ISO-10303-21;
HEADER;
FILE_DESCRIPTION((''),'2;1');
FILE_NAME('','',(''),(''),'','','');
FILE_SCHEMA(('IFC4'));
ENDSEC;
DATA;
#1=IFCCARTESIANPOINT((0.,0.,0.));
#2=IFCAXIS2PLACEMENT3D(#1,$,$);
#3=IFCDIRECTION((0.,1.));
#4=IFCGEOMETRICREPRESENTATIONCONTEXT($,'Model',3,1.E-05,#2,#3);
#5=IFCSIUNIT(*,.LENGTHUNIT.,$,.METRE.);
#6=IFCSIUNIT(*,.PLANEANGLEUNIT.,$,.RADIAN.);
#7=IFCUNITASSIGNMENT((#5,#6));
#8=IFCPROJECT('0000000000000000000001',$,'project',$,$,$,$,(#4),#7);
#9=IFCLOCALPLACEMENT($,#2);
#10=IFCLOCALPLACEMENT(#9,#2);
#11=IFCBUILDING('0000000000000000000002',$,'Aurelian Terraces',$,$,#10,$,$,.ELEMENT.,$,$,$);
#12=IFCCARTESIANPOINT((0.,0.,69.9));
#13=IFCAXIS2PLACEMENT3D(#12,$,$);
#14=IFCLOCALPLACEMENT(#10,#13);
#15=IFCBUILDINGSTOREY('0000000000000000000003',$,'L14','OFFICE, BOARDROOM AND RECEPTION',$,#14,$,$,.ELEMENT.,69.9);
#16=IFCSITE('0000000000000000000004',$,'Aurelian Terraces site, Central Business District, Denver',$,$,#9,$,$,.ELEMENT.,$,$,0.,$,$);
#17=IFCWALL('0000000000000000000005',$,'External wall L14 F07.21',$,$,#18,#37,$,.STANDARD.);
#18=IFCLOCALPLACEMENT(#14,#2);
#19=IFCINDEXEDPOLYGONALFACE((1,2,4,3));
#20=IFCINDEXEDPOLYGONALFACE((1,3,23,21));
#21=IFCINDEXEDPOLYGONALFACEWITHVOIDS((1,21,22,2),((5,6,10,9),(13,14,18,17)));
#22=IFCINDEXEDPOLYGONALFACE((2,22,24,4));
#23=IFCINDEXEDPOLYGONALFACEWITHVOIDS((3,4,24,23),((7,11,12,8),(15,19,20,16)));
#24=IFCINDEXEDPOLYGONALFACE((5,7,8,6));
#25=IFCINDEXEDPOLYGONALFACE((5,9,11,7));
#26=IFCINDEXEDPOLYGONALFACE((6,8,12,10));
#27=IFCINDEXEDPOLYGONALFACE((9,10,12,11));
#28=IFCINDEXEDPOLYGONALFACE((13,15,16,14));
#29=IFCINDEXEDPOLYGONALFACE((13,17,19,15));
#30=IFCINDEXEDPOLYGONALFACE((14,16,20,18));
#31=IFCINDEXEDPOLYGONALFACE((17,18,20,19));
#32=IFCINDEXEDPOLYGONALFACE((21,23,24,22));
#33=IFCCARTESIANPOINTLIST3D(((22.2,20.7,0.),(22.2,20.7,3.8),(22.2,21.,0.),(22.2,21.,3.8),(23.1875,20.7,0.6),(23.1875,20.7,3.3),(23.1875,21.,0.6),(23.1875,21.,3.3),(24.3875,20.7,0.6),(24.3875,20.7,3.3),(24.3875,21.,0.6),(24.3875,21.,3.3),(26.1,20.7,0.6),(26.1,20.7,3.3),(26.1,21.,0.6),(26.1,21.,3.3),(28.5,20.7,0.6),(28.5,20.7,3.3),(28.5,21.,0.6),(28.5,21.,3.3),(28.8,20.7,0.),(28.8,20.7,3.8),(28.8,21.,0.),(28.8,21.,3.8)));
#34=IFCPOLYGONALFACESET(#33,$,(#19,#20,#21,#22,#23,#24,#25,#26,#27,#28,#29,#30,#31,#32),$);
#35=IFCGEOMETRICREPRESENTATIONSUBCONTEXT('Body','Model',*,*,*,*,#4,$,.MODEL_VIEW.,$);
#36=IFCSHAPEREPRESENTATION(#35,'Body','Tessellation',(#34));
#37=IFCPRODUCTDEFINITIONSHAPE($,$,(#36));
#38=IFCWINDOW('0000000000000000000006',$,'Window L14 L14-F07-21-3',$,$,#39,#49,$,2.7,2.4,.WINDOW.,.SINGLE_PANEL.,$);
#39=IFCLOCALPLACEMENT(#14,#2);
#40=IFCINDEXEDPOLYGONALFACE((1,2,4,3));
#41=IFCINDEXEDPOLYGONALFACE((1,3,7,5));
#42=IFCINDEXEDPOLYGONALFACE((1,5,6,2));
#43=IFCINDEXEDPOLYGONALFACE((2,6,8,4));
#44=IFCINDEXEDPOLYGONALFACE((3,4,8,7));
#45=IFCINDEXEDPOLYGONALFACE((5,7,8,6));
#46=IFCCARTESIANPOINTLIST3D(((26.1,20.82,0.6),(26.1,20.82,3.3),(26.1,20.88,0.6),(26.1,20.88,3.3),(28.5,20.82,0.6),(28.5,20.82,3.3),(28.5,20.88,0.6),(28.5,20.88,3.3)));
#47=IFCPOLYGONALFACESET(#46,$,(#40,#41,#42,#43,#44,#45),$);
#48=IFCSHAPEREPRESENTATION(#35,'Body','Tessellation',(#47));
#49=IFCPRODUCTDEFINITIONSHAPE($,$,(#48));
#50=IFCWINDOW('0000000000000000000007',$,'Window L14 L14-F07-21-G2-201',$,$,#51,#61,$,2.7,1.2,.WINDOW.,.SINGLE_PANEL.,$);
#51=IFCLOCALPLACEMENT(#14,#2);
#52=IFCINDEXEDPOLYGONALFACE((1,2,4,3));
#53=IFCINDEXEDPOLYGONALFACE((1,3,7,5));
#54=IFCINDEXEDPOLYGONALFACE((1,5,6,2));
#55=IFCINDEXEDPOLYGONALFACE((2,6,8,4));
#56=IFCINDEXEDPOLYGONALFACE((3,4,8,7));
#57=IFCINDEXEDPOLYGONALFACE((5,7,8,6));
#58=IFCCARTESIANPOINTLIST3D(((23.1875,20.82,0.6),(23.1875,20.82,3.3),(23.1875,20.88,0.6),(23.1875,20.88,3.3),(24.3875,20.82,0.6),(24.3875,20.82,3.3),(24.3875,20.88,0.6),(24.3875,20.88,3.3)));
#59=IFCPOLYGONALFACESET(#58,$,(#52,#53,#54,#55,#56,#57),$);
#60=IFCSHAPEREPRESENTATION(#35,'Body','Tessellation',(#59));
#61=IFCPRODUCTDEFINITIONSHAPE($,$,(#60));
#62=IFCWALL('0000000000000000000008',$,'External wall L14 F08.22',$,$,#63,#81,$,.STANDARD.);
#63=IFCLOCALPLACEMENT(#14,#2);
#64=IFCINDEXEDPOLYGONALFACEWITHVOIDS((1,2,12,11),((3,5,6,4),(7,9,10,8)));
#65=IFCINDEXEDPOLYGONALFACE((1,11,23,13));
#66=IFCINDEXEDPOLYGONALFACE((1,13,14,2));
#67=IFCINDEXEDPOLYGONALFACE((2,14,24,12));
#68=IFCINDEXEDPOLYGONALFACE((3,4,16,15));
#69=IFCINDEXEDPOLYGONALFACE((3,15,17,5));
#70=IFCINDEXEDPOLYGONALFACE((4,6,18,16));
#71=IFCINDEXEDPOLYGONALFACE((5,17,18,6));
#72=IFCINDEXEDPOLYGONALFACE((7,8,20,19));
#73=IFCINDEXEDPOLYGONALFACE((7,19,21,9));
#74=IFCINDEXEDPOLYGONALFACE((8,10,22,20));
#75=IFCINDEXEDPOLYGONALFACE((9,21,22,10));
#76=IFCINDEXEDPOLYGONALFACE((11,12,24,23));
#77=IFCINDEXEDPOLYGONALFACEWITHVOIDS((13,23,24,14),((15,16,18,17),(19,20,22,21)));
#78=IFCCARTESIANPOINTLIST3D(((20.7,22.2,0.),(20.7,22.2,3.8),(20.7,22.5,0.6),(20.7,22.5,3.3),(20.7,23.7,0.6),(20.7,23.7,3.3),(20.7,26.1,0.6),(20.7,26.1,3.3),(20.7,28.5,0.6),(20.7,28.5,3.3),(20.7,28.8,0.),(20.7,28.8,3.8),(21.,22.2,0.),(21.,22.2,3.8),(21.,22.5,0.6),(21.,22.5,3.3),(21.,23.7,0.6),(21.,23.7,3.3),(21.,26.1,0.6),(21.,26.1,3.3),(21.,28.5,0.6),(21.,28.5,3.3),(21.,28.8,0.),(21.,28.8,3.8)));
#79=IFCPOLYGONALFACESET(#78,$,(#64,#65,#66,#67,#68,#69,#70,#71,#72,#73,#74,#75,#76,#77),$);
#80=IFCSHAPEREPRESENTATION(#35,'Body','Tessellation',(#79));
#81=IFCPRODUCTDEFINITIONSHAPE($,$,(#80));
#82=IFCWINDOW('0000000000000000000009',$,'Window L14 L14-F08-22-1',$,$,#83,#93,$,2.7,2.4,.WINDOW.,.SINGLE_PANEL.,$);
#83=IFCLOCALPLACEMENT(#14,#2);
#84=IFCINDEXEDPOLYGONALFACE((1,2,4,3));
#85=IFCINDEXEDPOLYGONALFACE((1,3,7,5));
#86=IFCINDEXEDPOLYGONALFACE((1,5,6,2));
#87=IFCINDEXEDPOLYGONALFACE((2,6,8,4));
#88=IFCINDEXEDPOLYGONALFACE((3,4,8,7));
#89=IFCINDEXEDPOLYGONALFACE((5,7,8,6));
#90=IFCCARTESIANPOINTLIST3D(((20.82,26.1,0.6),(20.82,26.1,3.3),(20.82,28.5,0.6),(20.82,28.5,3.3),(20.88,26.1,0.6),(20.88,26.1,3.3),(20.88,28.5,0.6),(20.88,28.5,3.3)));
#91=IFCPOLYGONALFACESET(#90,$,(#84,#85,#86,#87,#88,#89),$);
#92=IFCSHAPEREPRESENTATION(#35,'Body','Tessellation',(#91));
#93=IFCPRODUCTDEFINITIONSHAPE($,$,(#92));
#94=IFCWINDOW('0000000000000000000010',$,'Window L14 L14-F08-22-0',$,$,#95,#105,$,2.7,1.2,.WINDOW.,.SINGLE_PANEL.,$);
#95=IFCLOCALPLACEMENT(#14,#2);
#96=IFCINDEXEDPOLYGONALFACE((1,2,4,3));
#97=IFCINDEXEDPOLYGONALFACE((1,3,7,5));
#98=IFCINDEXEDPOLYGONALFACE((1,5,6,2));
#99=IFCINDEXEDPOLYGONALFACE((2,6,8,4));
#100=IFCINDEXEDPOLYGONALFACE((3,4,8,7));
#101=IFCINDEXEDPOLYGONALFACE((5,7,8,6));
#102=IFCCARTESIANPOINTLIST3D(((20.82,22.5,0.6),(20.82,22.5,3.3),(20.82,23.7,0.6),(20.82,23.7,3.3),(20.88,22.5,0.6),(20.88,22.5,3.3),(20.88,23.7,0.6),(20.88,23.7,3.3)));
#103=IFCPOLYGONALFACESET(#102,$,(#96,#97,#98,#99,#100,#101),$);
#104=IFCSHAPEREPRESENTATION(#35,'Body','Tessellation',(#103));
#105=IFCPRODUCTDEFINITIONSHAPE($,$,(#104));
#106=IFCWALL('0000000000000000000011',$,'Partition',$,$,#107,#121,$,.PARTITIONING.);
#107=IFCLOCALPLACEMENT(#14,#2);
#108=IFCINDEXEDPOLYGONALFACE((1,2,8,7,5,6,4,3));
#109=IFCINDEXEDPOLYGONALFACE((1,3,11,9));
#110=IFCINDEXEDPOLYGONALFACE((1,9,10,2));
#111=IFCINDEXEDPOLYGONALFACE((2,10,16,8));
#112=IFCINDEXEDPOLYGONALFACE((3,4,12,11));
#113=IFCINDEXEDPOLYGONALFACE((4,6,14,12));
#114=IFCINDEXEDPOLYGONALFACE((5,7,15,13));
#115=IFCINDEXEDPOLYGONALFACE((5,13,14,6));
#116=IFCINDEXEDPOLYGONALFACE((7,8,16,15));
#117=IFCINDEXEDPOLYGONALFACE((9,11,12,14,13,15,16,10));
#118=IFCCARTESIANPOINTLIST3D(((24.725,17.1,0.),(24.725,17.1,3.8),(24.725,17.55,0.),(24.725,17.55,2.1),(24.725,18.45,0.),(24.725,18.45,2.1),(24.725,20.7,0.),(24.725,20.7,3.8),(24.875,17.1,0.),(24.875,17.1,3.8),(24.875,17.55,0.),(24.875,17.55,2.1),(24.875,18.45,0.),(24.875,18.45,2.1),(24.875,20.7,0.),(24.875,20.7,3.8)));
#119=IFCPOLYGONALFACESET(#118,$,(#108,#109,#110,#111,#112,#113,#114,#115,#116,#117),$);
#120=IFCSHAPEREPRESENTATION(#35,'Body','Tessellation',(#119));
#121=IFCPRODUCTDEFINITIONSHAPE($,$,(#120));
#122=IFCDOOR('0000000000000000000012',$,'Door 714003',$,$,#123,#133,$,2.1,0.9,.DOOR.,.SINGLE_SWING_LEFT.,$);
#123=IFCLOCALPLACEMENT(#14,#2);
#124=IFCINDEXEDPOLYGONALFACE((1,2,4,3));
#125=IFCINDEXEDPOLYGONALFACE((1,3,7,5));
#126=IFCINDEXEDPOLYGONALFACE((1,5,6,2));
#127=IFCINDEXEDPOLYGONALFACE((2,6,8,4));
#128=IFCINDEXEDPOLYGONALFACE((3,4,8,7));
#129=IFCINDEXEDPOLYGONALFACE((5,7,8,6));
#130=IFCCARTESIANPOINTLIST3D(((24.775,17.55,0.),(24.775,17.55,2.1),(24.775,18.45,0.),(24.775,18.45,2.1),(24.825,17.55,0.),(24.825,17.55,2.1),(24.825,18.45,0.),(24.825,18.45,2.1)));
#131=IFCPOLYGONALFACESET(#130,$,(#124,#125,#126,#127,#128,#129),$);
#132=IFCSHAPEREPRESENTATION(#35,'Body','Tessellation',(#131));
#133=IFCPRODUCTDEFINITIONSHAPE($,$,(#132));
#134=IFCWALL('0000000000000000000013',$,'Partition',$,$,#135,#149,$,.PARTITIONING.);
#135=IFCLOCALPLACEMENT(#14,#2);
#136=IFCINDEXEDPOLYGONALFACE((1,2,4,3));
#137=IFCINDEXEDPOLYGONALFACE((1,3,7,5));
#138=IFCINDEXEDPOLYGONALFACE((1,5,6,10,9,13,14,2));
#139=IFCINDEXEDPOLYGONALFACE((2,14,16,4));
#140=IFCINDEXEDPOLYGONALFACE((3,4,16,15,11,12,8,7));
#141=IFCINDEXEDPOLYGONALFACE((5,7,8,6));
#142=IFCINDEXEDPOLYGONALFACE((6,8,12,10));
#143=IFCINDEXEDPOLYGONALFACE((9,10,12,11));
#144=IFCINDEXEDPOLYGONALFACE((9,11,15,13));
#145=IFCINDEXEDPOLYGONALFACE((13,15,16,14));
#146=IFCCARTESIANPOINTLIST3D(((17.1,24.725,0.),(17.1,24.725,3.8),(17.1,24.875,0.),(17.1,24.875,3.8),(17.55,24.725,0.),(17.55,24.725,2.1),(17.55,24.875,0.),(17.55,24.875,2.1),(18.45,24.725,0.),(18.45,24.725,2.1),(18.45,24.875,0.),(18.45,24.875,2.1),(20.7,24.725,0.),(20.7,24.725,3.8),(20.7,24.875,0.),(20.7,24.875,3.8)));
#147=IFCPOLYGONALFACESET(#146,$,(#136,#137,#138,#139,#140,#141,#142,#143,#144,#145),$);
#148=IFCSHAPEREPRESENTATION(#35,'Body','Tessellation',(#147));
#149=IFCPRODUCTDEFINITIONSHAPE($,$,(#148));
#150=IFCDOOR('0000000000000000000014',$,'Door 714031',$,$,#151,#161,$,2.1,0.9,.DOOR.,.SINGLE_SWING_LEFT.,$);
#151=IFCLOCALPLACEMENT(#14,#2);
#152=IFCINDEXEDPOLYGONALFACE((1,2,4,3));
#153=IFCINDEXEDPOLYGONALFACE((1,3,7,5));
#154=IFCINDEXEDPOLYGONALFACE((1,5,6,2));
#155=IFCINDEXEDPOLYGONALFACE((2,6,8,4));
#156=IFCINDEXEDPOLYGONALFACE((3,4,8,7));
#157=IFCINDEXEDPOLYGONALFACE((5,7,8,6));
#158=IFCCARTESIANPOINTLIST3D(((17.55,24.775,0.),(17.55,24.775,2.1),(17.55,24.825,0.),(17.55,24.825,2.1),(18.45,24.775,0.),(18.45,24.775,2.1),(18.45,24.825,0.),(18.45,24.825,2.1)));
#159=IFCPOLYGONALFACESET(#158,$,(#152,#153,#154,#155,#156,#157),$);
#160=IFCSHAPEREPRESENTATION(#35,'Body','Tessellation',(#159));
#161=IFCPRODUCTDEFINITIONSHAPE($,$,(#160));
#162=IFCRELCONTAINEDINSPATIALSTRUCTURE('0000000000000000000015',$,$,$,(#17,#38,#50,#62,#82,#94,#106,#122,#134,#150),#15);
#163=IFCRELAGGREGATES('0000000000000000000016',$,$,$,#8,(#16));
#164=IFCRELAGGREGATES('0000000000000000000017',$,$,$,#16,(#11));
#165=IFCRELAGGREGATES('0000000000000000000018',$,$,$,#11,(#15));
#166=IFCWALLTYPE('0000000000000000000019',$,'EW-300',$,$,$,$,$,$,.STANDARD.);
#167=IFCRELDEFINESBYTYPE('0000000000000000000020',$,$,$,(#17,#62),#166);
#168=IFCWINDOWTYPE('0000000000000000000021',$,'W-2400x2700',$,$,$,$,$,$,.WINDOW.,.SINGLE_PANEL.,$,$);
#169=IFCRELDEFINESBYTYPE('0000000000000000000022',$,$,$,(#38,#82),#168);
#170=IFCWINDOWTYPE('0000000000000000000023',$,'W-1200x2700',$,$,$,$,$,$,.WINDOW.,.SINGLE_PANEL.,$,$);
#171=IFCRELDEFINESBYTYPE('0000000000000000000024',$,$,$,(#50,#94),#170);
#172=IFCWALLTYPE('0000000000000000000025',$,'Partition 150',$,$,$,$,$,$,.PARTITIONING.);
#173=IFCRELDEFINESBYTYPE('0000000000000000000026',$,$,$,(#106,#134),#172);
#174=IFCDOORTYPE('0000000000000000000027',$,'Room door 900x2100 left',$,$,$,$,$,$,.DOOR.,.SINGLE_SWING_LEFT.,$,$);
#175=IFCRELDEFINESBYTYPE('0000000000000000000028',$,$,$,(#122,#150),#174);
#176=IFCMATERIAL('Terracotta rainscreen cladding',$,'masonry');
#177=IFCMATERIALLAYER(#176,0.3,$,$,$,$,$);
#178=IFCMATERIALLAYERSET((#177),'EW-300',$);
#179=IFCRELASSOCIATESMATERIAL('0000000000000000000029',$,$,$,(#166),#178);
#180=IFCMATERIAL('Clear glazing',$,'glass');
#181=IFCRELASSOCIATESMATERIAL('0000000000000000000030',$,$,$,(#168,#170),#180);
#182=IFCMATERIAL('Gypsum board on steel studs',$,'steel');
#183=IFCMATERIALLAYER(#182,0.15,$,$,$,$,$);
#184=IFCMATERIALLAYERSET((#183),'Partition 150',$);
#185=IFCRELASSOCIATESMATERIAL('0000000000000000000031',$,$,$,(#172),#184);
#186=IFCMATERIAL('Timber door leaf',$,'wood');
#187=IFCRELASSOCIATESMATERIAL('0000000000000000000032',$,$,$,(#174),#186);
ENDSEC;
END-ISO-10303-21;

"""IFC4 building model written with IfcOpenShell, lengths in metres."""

from ifc_helpers import new_model, si_unit, direction, frame, frame_2d, origin, place, context, subcontext, project, spatial, rectangle, extrude, source, transform, mapped, material, layer, layer_set, type_object, element, fill, save


model = new_model("IFC4")

# Units and contexts
model_context = context("Model", 3, precision=1e-05, world=origin(), true_north=direction((0.0, 1.0)))
body_context = subcontext(model_context, "Body", "Model", "MODEL_VIEW")
ifc_project = project(units=[si_unit("LENGTHUNIT", "METRE"), si_unit("PLANEANGLEUNIT", "RADIAN")], contexts=[model_context])

# Site, building, storey
site_placement = place(None, origin())
site = spatial("IfcSite", under=ifc_project, at=site_placement, Name="Aurelian Terraces site, Central Business District, Denver", CompositionType="ELEMENT", RefElevation=0.0)
building_placement = place(site_placement, origin())
building = spatial("IfcBuilding", under=site, at=building_placement, Name="Aurelian Terraces", CompositionType="ELEMENT")
storey_placement = place(building_placement, frame((0.0, 0.0, 69.9)))
storey = spatial("IfcBuildingStorey", under=building, at=storey_placement, Name="L14", Description="OFFICE, BOARDROOM AND RECEPTION", CompositionType="ELEMENT", Elevation=69.9)

# Walls, openings, windows
ifc_material_1 = material(Name="Terracotta rainscreen cladding", Category="masonry")
ifc_layer_1 = layer(ifc_material_1, 0.3)
ifc_layer_set_1 = layer_set([ifc_layer_1], Name="EW-300")
wall_type_1 = type_object("IfcWallType", Name="EW-300", PredefinedType="STANDARD", material=ifc_layer_set_1)
shared_shape_1 = source(origin(), body_context, "Body", "SweptSolid", [
    extrude(rectangle(XDim=6.6, YDim=0.3, at=frame_2d((3.3, 0.0))), origin(), (0.0, 0.0, 1.0), 3.8),
])
wall_1_placement = place(storey_placement, frame((28.8, 20.85, 0.0), z_axis=(0.0, 0.0, 1.0), x_axis=(-1.0, 0.0, 0.0)))
wall_1 = element("IfcWall", 1, at=wall_1_placement, inside=storey, type_object=wall_type_1, Name="External wall L14 F07.21", PredefinedType="STANDARD", context=body_context, shape_type="MappedRepresentation", body=[
    mapped(shared_shape_1, transform((0.0, 0.0, 0.0), scale=1.0)),
])
shared_shape_2 = source(origin(), body_context, "Body", "SweptSolid", [
    extrude(rectangle(XDim=2.4, YDim=2.7, at=frame_2d((1.2, 1.35))), frame((0.0, 0.16, 0.0), z_axis=(0.0, -1.0, 0.0), x_axis=(1.0, 0.0, 0.0)), (0.0, 0.0, 1.0), 0.32),
])
opening_1_placement = place(wall_1_placement, frame((0.3, 0.0, 0.6)))
opening_1 = element("IfcOpeningElement", 2, at=opening_1_placement, cuts=wall_1, PredefinedType="OPENING", context=body_context, shape_type="MappedRepresentation", body=[
    mapped(shared_shape_2, transform((0.0, 0.0, 0.0), scale=1.0)),
])
shared_shape_3 = source(origin(), body_context, "Body", "SweptSolid", [
    extrude(rectangle(XDim=1.2, YDim=2.7, at=frame_2d((0.6, 1.35))), frame((0.0, 0.16, 0.0), z_axis=(0.0, -1.0, 0.0), x_axis=(1.0, 0.0, 0.0)), (0.0, 0.0, 1.0), 0.32),
])
opening_2_placement = place(wall_1_placement, frame((4.4125, 0.0, 0.6)))
opening_2 = element("IfcOpeningElement", 3, at=opening_2_placement, cuts=wall_1, PredefinedType="OPENING", context=body_context, shape_type="MappedRepresentation", body=[
    mapped(shared_shape_3, transform((0.0, 0.0, 0.0), scale=1.0)),
])
ifc_material_2 = material(Name="Clear glazing", Category="glass")
window_type_1 = type_object("IfcWindowType", Name="W-2400x2700", PartitioningType="SINGLE_PANEL", PredefinedType="WINDOW", material=ifc_material_2)
shared_shape_4 = source(origin(), body_context, "Body", "SweptSolid", [
    extrude(rectangle(XDim=2.4, YDim=2.7, at=frame_2d((1.2, 1.35))), frame((0.0, 0.03, 0.0), z_axis=(0.0, -1.0, 0.0), x_axis=(1.0, 0.0, 0.0)), (0.0, 0.0, 1.0), 0.06),
])
window_1_placement = place(opening_1_placement, origin())
window_1 = element("IfcWindow", 4, at=window_1_placement, inside=storey, type_object=window_type_1, Name="Window L14 L14-F07-21-3", OverallHeight=2.7, OverallWidth=2.4, PartitioningType="SINGLE_PANEL", PredefinedType="WINDOW", context=body_context, shape_type="MappedRepresentation", body=[
    mapped(shared_shape_4, transform((0.0, 0.0, 0.0), scale=1.0)),
])
fill(opening_1, window_1)
window_type_2 = type_object("IfcWindowType", Name="W-1200x2700", PartitioningType="SINGLE_PANEL", PredefinedType="WINDOW", material=ifc_material_2)
shared_shape_5 = source(origin(), body_context, "Body", "SweptSolid", [
    extrude(rectangle(XDim=1.2, YDim=2.7, at=frame_2d((0.6, 1.35))), frame((0.0, 0.03, 0.0), z_axis=(0.0, -1.0, 0.0), x_axis=(1.0, 0.0, 0.0)), (0.0, 0.0, 1.0), 0.06),
])
window_2_placement = place(opening_2_placement, origin())
window_2 = element("IfcWindow", 5, at=window_2_placement, inside=storey, type_object=window_type_2, Name="Window L14 L14-F07-21-G2-201", OverallHeight=2.7, OverallWidth=1.2, PartitioningType="SINGLE_PANEL", PredefinedType="WINDOW", context=body_context, shape_type="MappedRepresentation", body=[
    mapped(shared_shape_5, transform((0.0, 0.0, 0.0), scale=1.0)),
])
fill(opening_2, window_2)
wall_2_placement = place(storey_placement, frame((20.85, 22.2, 0.0), z_axis=(0.0, 0.0, 1.0), x_axis=(0.0, 1.0, 0.0)))
wall_2 = element("IfcWall", 6, at=wall_2_placement, inside=storey, type_object=wall_type_1, Name="External wall L14 F08.22", PredefinedType="STANDARD", context=body_context, shape_type="MappedRepresentation", body=[
    mapped(shared_shape_1, transform((0.0, 0.0, 0.0), scale=1.0)),
])
opening_3_placement = place(wall_2_placement, frame((0.3, 0.0, 0.6)))
opening_3 = element("IfcOpeningElement", 7, at=opening_3_placement, cuts=wall_2, PredefinedType="OPENING", context=body_context, shape_type="MappedRepresentation", body=[
    mapped(shared_shape_3, transform((0.0, 0.0, 0.0), scale=1.0)),
])
opening_4_placement = place(wall_2_placement, frame((3.9, 0.0, 0.6)))
opening_4 = element("IfcOpeningElement", 8, at=opening_4_placement, cuts=wall_2, PredefinedType="OPENING", context=body_context, shape_type="MappedRepresentation", body=[
    mapped(shared_shape_2, transform((0.0, 0.0, 0.0), scale=1.0)),
])
window_3_placement = place(opening_4_placement, origin())
window_3 = element("IfcWindow", 9, at=window_3_placement, inside=storey, type_object=window_type_1, Name="Window L14 L14-F08-22-1", OverallHeight=2.7, OverallWidth=2.4, PartitioningType="SINGLE_PANEL", PredefinedType="WINDOW", context=body_context, shape_type="MappedRepresentation", body=[
    mapped(shared_shape_4, transform((0.0, 0.0, 0.0), scale=1.0)),
])
fill(opening_4, window_3)
window_4_placement = place(opening_3_placement, origin())
window_4 = element("IfcWindow", 10, at=window_4_placement, inside=storey, type_object=window_type_2, Name="Window L14 L14-F08-22-0", OverallHeight=2.7, OverallWidth=1.2, PartitioningType="SINGLE_PANEL", PredefinedType="WINDOW", context=body_context, shape_type="MappedRepresentation", body=[
    mapped(shared_shape_5, transform((0.0, 0.0, 0.0), scale=1.0)),
])
fill(opening_3, window_4)

# Walls, openings, doors
ifc_material_3 = material(Name="Gypsum board on steel studs", Category="steel")
ifc_layer_2 = layer(ifc_material_3, 0.15)
ifc_layer_set_2 = layer_set([ifc_layer_2], Name="Partition 150")
wall_type_2 = type_object("IfcWallType", Name="Partition 150", PredefinedType="PARTITIONING", material=ifc_layer_set_2)
shared_shape_6 = source(origin(), body_context, "Body", "SweptSolid", [
    extrude(rectangle(XDim=3.6, YDim=0.15, at=frame_2d((1.8, 0.0))), origin(), (0.0, 0.0, 1.0), 3.8),
])
wall_3_placement = place(storey_placement, frame((24.8, 20.7, 0.0), z_axis=(0.0, 0.0, 1.0), x_axis=(0.0, -1.0, 0.0)))
wall_3 = element("IfcWall", 11, at=wall_3_placement, inside=storey, type_object=wall_type_2, Name="Partition", PredefinedType="PARTITIONING", context=body_context, shape_type="MappedRepresentation", body=[
    mapped(shared_shape_6, transform((0.0, 0.0, 0.0), scale=1.0)),
])
shared_shape_7 = source(origin(), body_context, "Body", "SweptSolid", [
    extrude(rectangle(XDim=0.9, YDim=2.1, at=frame_2d((0.45, 1.05))), frame((0.0, 0.085, 0.0), z_axis=(0.0, -1.0, 0.0), x_axis=(1.0, 0.0, 0.0)), (0.0, 0.0, 1.0), 0.17),
])
opening_5_placement = place(wall_3_placement, frame((2.25, 0.0, 0.0)))
opening_5 = element("IfcOpeningElement", 12, at=opening_5_placement, cuts=wall_3, PredefinedType="OPENING", context=body_context, shape_type="MappedRepresentation", body=[
    mapped(shared_shape_7, transform((0.0, 0.0, 0.0), scale=1.0)),
])
ifc_material_4 = material(Name="Timber door leaf", Category="wood")
door_type_1 = type_object("IfcDoorType", Name="Room door 900x2100 left", OperationType="SINGLE_SWING_LEFT", PredefinedType="DOOR", material=ifc_material_4)
shared_shape_8 = source(origin(), body_context, "Body", "SweptSolid", [
    extrude(rectangle(XDim=0.9, YDim=2.1, at=frame_2d((0.45, 1.05))), frame((0.0, 0.025, 0.0), z_axis=(0.0, -1.0, 0.0), x_axis=(1.0, 0.0, 0.0)), (0.0, 0.0, 1.0), 0.05),
])
door_1_placement = place(opening_5_placement, origin())
door_1 = element("IfcDoor", 13, at=door_1_placement, inside=storey, type_object=door_type_1, Name="Door 714003", OperationType="SINGLE_SWING_LEFT", OverallHeight=2.1, OverallWidth=0.9, PredefinedType="DOOR", context=body_context, shape_type="MappedRepresentation", body=[
    mapped(shared_shape_8, transform((0.0, 0.0, 0.0), scale=1.0)),
])
fill(opening_5, door_1)
wall_4_placement = place(storey_placement, frame((17.1, 24.8, 0.0), z_axis=(0.0, 0.0, 1.0), x_axis=(1.0, 0.0, 0.0)))
wall_4 = element("IfcWall", 14, at=wall_4_placement, inside=storey, type_object=wall_type_2, Name="Partition", PredefinedType="PARTITIONING", context=body_context, shape_type="MappedRepresentation", body=[
    mapped(shared_shape_6, transform((0.0, 0.0, 0.0), scale=1.0)),
])
opening_6_placement = place(wall_4_placement, frame((0.45, 0.0, 0.0)))
opening_6 = element("IfcOpeningElement", 15, at=opening_6_placement, cuts=wall_4, PredefinedType="OPENING", context=body_context, shape_type="MappedRepresentation", body=[
    mapped(shared_shape_7, transform((0.0, 0.0, 0.0), scale=1.0)),
])
door_2_placement = place(opening_6_placement, origin())
door_2 = element("IfcDoor", 16, at=door_2_placement, inside=storey, type_object=door_type_1, Name="Door 714031", OperationType="SINGLE_SWING_LEFT", OverallHeight=2.1, OverallWidth=0.9, PredefinedType="DOOR", context=body_context, shape_type="MappedRepresentation", body=[
    mapped(shared_shape_8, transform((0.0, 0.0, 0.0), scale=1.0)),
])
fill(opening_6, door_2)

save(model, "model.ifc")
